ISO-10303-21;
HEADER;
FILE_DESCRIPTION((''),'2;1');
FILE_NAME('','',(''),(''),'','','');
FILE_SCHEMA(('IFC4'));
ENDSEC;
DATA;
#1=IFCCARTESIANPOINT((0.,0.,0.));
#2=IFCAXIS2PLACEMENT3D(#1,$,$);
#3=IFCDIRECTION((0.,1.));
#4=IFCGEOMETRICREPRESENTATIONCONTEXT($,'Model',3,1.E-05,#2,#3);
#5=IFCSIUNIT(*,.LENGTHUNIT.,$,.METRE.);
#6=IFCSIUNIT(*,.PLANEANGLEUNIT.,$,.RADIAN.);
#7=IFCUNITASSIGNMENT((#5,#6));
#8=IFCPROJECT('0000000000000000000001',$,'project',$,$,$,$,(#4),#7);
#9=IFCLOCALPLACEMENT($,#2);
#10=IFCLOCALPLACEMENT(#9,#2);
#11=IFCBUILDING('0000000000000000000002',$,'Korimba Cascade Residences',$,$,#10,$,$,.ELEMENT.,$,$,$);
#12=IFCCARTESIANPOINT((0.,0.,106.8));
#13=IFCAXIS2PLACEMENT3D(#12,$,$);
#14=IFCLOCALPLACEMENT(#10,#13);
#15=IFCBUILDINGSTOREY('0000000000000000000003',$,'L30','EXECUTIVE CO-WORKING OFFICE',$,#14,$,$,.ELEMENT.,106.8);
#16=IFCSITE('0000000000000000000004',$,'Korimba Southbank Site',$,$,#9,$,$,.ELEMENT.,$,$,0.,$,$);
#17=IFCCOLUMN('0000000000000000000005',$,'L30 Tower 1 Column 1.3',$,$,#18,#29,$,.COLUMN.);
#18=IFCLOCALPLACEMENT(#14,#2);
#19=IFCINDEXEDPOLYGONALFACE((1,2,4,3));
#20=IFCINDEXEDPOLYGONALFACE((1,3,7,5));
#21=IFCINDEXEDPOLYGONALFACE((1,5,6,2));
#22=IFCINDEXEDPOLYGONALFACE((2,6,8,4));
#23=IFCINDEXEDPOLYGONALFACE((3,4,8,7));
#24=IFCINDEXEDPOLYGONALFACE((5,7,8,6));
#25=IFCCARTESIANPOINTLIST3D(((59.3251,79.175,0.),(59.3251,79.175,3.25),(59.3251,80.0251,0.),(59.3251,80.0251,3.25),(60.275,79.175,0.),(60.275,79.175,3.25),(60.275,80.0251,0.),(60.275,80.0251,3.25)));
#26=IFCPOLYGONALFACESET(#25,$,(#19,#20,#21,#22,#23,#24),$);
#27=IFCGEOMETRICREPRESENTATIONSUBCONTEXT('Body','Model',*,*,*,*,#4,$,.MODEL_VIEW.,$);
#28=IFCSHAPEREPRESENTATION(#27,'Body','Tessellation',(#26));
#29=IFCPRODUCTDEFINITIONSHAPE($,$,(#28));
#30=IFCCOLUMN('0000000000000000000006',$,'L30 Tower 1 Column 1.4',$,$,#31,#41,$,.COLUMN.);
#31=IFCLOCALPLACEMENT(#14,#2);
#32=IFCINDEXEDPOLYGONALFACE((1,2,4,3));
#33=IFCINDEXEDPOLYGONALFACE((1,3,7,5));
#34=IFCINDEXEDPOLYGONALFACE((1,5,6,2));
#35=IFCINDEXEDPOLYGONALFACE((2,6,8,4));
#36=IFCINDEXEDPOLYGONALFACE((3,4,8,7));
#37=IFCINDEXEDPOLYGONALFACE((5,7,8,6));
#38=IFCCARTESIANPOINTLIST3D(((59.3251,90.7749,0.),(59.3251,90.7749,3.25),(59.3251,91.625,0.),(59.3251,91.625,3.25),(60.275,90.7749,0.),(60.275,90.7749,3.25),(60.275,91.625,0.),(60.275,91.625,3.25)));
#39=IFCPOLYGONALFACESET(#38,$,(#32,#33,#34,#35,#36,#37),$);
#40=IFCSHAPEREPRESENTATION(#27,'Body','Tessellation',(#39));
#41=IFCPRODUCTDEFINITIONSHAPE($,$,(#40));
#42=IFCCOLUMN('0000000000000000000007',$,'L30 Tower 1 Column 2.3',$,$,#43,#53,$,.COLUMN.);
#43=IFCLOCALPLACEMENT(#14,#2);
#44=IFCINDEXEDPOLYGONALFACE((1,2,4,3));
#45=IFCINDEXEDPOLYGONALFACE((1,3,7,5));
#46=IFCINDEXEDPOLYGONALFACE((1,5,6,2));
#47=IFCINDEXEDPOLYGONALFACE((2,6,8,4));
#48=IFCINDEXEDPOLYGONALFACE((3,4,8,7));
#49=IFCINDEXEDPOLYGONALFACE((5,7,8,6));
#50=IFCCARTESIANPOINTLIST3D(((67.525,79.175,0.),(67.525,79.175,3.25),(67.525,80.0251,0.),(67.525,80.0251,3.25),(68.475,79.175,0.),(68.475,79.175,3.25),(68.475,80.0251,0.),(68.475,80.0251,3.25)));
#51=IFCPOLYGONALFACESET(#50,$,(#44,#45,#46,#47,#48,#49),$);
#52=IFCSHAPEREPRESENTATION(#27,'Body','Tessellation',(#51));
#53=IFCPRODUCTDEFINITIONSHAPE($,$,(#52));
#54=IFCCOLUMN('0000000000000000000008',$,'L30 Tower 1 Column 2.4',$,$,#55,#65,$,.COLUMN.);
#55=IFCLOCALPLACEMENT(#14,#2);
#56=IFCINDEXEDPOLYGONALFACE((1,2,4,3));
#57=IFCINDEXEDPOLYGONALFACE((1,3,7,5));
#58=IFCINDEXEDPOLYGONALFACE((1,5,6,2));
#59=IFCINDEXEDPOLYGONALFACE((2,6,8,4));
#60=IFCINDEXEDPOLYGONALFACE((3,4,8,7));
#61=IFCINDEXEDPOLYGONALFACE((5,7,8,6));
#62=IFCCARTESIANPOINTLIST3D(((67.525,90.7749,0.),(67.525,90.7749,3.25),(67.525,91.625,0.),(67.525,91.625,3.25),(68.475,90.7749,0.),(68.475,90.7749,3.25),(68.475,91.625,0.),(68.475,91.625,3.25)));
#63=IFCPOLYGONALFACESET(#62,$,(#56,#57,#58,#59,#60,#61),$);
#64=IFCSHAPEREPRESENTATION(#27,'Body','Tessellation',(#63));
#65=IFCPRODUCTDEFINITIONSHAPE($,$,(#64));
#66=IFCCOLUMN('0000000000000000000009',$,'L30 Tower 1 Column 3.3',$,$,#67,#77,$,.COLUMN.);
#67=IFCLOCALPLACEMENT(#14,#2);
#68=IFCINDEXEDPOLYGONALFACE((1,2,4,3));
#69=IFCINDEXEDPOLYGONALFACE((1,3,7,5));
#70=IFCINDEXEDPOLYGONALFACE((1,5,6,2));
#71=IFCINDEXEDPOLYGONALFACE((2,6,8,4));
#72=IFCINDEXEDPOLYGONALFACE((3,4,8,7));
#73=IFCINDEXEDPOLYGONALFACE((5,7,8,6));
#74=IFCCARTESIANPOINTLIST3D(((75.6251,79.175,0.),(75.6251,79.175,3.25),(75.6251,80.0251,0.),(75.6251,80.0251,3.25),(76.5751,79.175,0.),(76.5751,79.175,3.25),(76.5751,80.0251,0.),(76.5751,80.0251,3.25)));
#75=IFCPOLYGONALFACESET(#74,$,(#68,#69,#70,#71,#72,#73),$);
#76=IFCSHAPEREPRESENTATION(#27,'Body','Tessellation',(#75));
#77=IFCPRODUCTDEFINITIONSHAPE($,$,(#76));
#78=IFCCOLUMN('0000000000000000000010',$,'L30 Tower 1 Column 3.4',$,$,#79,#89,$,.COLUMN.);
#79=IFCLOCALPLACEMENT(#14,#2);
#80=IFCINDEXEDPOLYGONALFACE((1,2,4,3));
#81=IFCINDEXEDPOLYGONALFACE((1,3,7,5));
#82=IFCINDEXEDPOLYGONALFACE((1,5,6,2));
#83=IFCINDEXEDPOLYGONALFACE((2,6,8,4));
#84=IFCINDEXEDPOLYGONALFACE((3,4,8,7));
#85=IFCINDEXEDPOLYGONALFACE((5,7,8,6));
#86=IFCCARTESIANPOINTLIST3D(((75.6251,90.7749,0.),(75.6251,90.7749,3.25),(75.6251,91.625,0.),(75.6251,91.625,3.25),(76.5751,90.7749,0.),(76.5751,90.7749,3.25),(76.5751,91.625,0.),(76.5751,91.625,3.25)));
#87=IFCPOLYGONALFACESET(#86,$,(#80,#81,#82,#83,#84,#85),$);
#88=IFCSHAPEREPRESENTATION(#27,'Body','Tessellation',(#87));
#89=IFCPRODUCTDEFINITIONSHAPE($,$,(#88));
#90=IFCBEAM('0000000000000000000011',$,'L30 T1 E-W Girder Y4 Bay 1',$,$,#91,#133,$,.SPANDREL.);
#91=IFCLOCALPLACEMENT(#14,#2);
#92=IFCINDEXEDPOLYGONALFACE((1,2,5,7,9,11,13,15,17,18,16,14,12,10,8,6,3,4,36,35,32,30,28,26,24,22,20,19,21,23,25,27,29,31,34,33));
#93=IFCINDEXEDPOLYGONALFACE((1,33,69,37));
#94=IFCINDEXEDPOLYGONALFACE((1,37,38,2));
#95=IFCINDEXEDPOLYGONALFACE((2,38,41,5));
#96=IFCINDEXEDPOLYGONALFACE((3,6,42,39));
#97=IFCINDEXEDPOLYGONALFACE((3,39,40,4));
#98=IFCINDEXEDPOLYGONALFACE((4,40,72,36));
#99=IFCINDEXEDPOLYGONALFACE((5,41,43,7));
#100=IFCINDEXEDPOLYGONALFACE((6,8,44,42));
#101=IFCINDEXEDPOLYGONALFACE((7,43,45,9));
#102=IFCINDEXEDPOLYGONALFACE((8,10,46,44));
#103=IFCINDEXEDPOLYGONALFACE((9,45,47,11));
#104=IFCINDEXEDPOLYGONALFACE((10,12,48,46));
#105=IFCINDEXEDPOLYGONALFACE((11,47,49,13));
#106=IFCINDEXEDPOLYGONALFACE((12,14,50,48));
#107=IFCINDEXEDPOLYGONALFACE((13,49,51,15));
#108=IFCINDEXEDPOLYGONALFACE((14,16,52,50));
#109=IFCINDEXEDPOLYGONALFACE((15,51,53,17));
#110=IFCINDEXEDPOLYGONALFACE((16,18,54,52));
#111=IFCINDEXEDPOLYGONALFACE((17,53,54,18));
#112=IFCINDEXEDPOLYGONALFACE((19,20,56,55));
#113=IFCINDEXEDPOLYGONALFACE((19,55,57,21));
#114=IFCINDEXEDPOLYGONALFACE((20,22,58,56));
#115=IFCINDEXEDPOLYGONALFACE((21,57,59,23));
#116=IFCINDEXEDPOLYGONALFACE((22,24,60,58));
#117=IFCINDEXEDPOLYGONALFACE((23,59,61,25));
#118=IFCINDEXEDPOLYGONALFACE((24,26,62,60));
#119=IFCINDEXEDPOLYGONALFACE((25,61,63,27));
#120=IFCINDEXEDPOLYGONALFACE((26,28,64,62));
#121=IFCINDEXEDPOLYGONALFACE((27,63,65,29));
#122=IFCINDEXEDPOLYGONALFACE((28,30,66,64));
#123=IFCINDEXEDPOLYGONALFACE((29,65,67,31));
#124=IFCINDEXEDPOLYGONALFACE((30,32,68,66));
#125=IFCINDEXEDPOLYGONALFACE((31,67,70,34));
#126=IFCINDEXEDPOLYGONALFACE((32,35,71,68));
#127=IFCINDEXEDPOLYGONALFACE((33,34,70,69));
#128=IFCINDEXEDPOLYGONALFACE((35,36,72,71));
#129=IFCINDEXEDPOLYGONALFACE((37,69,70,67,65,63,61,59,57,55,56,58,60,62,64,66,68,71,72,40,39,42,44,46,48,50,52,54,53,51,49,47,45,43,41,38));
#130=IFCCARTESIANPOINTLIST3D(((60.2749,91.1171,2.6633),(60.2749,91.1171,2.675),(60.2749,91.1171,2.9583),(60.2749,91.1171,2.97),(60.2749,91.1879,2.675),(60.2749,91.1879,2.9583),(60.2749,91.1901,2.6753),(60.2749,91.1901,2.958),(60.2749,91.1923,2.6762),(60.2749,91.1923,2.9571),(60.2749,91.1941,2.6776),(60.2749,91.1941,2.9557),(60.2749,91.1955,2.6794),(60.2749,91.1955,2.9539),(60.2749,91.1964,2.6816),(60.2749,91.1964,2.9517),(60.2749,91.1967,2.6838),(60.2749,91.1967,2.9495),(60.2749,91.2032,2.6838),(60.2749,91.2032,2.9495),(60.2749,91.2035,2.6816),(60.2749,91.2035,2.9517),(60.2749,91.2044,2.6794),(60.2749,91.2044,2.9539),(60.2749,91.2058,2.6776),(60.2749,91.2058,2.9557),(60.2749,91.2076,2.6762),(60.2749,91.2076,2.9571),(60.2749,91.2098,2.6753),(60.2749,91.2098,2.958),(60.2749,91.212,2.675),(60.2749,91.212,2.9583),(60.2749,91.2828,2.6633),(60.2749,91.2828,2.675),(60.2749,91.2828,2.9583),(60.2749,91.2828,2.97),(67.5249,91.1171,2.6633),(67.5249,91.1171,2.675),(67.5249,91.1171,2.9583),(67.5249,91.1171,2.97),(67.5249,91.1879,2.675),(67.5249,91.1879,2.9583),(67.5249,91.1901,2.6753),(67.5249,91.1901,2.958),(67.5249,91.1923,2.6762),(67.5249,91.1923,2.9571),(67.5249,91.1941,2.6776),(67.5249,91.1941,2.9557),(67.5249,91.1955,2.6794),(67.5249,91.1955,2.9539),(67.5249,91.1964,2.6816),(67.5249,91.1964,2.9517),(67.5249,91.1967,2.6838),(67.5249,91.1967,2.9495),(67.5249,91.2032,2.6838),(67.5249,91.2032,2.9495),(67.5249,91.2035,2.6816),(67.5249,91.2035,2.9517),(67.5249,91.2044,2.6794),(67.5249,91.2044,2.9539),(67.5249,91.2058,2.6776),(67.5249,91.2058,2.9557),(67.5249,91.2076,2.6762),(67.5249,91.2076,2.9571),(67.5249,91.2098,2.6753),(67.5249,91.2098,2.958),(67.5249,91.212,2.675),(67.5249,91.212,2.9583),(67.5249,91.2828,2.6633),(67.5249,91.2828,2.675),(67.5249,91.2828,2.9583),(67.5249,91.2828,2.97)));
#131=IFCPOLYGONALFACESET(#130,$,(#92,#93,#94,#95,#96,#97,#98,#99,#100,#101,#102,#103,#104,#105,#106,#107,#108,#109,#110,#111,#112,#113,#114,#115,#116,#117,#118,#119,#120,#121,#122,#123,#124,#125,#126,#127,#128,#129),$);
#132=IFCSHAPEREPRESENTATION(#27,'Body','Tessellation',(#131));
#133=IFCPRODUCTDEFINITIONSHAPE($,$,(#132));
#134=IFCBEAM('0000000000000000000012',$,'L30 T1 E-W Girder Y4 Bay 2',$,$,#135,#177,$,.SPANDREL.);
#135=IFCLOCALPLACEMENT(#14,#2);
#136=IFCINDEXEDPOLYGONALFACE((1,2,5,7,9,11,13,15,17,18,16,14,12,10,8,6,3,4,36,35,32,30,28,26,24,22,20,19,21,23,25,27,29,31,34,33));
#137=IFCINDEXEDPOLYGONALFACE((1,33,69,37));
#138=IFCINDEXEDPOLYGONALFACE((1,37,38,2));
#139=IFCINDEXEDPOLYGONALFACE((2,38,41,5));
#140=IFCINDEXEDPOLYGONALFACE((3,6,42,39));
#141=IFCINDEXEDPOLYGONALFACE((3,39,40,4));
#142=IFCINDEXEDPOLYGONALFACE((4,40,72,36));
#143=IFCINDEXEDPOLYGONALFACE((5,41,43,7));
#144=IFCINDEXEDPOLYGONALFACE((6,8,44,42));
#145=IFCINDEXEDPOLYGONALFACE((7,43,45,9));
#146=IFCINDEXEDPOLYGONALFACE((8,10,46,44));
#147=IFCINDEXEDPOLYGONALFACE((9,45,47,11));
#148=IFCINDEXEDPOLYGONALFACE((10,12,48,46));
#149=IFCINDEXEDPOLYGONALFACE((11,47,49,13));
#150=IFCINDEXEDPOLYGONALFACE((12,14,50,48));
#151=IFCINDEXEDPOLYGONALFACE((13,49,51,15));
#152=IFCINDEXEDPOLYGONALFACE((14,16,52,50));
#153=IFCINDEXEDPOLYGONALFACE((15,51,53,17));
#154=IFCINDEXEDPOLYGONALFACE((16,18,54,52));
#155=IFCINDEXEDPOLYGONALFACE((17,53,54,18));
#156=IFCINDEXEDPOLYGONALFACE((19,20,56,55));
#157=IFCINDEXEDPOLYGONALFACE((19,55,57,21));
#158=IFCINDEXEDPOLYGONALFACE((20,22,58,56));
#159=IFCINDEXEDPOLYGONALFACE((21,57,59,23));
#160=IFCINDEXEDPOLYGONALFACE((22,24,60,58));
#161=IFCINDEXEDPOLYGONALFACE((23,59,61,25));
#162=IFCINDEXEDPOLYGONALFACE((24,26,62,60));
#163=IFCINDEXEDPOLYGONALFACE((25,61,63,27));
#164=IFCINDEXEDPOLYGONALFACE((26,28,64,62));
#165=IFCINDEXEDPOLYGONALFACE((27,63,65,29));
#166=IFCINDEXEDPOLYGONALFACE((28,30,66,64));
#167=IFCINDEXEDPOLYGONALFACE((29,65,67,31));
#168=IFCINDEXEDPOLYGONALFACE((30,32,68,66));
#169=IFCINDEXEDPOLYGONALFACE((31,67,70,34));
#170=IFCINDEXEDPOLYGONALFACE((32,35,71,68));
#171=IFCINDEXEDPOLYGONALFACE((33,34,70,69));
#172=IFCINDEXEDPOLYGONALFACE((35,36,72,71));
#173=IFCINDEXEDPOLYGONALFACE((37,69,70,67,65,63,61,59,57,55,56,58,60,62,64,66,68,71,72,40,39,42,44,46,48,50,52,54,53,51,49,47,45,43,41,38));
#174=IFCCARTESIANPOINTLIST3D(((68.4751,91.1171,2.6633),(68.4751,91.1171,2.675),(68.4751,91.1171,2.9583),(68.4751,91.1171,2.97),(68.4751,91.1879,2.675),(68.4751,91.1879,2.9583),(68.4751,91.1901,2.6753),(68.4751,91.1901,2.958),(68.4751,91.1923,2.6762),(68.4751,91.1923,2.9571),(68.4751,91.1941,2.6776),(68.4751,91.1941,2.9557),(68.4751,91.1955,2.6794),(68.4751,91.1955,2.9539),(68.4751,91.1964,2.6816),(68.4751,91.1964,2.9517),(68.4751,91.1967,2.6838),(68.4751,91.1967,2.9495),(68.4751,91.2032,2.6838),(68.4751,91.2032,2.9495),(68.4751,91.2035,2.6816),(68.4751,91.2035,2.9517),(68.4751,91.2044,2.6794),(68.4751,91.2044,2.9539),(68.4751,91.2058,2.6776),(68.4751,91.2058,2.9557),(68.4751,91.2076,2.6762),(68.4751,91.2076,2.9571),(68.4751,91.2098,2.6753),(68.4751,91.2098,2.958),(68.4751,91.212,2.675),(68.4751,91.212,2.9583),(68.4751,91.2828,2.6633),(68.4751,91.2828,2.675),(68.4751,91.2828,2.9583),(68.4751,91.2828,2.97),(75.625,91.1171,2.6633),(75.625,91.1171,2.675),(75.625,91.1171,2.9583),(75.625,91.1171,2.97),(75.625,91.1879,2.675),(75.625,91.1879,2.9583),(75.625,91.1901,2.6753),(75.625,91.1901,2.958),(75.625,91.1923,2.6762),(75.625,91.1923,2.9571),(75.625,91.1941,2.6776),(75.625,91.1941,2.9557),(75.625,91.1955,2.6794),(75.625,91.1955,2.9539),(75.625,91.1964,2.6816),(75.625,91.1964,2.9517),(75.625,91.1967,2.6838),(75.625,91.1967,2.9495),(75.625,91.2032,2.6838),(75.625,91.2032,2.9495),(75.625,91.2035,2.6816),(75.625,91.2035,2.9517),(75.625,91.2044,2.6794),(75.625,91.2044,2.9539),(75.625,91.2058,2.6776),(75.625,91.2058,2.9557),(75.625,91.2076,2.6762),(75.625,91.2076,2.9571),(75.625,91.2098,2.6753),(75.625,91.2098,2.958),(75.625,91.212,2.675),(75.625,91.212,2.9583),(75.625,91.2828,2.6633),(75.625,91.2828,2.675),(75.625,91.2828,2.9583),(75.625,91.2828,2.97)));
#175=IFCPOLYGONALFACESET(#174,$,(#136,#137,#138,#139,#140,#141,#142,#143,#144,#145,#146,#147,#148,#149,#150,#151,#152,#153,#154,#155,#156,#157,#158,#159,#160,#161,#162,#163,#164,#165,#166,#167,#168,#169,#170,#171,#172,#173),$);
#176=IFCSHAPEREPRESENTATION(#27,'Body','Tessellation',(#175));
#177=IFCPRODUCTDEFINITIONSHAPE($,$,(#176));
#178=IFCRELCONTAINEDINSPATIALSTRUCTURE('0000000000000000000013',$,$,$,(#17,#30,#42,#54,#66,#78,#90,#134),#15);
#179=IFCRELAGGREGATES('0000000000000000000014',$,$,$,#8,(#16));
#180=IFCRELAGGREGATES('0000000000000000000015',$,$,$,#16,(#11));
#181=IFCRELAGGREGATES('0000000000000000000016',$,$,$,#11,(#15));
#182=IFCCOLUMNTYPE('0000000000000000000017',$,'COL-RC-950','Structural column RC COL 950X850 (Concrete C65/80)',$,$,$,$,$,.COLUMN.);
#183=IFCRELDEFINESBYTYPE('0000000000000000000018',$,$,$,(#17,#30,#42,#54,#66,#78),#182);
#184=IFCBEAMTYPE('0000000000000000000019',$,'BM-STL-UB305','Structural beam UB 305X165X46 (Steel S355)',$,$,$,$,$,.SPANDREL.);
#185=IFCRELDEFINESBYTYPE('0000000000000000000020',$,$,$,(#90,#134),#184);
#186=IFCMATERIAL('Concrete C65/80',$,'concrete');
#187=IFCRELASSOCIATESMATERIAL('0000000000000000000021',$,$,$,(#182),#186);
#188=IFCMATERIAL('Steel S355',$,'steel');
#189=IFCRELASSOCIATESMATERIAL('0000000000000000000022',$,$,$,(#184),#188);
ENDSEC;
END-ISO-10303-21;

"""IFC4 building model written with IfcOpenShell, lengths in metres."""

from ifc_helpers import new_model, si_unit, direction, frame, origin, origin_2d, place, context, subcontext, project, spatial, rectangle, i_section, extrude, material, material_profile, profile_set, type_object, element, save


model = new_model("IFC4")

# Units and contexts
model_context = context("Model", 3, precision=1e-05, world=origin(), true_north=direction((0.0, 1.0)))
body_context = subcontext(model_context, "Body", "Model", "MODEL_VIEW")
ifc_project = project(units=[si_unit("LENGTHUNIT", "METRE"), si_unit("PLANEANGLEUNIT", "RADIAN")], contexts=[model_context])

# Site, building, storey
site_placement = place(None, origin())
site = spatial("IfcSite", under=ifc_project, at=site_placement, Name="Korimba Southbank Site", CompositionType="ELEMENT", RefElevation=0.0)
building_placement = place(site_placement, origin())
building = spatial("IfcBuilding", under=site, at=building_placement, Name="Korimba Cascade Residences", CompositionType="ELEMENT")
storey_placement = place(building_placement, frame((0.0, 0.0, 106.8)))
storey = spatial("IfcBuildingStorey", under=building, at=storey_placement, Name="L30", Description="EXECUTIVE CO-WORKING OFFICE", CompositionType="ELEMENT", Elevation=106.8)

# Columns
ifc_material_1 = material(Name="Concrete C65/80", Category="concrete")
ifc_material_profile_1 = material_profile(ifc_material_1, rectangle(XDim=0.95, YDim=0.8501, at=origin_2d()), Name="Concrete C65/80")
ifc_profile_set_1 = profile_set([ifc_material_profile_1], Name="Concrete C65/80")
column_type = type_object("IfcColumnType", Name="COL-RC-950", Description="Structural column RC COL 950X850 (Concrete C65/80)", PredefinedType="COLUMN", material=ifc_profile_set_1)
for number, where, z_axis, x_axis, name in (
    (1, (59.8, 79.6001, 0.0), (0.0, 0.0, 1.0), (1.0, 0.0, 0.0), "L30 Tower 1 Column 1.3"),
    (2, (59.8, 91.2, 0.0), (0.0, 0.0, 1.0), (1.0, 0.0, 0.0), "L30 Tower 1 Column 1.4"),
    (3, (68.0, 79.6001, 0.0), (0.0, 0.0, 1.0), (1.0, 0.0, 0.0), "L30 Tower 1 Column 2.3"),
    (4, (68.0, 91.2, 0.0), (0.0, 0.0, 1.0), (1.0, 0.0, 0.0), "L30 Tower 1 Column 2.4"),
    (5, (76.1001, 79.6001, 0.0), (0.0, 0.0, 1.0), (1.0, 0.0, 0.0), "L30 Tower 1 Column 3.3"),
    (6, (76.1001, 91.2, 0.0), (0.0, 0.0, 1.0), (1.0, 0.0, 0.0), "L30 Tower 1 Column 3.4"),
):
    element("IfcColumn", number, at=place(storey_placement, frame(where, z_axis=z_axis, x_axis=x_axis)), inside=storey, type_object=column_type, Name=name, PredefinedType="COLUMN", context=body_context, shape_type="SweptSolid", body=[
        extrude(rectangle(XDim=0.95, YDim=0.8501, at=origin_2d()), origin(), (0.0, 0.0, 1.0), 3.25),
    ])

# Beams
ifc_material_2 = material(Name="Steel S355", Category="steel")
ifc_material_profile_2 = material_profile(ifc_material_2, i_section(OverallWidth=0.1658, OverallDepth=0.3066, WebThickness=0.0066, FlangeThickness=0.0117, FilletRadius=0.0088, at=origin_2d()), Name="Steel S355")
ifc_profile_set_2 = profile_set([ifc_material_profile_2], Name="Steel S355")
beam_type_1 = type_object("IfcBeamType", Name="BM-STL-UB305", Description="Structural beam UB 305X165X46 (Steel S355)", PredefinedType="SPANDREL", material=ifc_profile_set_2)
beam_1_placement = place(storey_placement, frame((60.2749, 91.2, 2.8167), z_axis=(1.0, 0.0, 0.0), x_axis=(0.0, 1.0, 0.0)))
element("IfcBeam", 7, at=beam_1_placement, inside=storey, type_object=beam_type_1, Name="L30 T1 E-W Girder Y4 Bay 1", PredefinedType="SPANDREL", context=body_context, shape_type="SweptSolid", body=[
    extrude(i_section(OverallWidth=0.1658, OverallDepth=0.3066, WebThickness=0.0066, FlangeThickness=0.0117, FilletRadius=0.0088, at=origin_2d()), origin(), (0.0, 0.0, 1.0), 7.25),
])
beam_2_placement = place(storey_placement, frame((68.4751, 91.2, 2.8167), z_axis=(1.0, 0.0, 0.0), x_axis=(0.0, 1.0, 0.0)))
element("IfcBeam", 8, at=beam_2_placement, inside=storey, type_object=beam_type_1, Name="L30 T1 E-W Girder Y4 Bay 2", PredefinedType="SPANDREL", context=body_context, shape_type="SweptSolid", body=[
    extrude(i_section(OverallWidth=0.1658, OverallDepth=0.3066, WebThickness=0.0066, FlangeThickness=0.0117, FilletRadius=0.0088, at=origin_2d()), origin(), (0.0, 0.0, 1.0), 7.1499),
])

save(model, "model.ifc")
